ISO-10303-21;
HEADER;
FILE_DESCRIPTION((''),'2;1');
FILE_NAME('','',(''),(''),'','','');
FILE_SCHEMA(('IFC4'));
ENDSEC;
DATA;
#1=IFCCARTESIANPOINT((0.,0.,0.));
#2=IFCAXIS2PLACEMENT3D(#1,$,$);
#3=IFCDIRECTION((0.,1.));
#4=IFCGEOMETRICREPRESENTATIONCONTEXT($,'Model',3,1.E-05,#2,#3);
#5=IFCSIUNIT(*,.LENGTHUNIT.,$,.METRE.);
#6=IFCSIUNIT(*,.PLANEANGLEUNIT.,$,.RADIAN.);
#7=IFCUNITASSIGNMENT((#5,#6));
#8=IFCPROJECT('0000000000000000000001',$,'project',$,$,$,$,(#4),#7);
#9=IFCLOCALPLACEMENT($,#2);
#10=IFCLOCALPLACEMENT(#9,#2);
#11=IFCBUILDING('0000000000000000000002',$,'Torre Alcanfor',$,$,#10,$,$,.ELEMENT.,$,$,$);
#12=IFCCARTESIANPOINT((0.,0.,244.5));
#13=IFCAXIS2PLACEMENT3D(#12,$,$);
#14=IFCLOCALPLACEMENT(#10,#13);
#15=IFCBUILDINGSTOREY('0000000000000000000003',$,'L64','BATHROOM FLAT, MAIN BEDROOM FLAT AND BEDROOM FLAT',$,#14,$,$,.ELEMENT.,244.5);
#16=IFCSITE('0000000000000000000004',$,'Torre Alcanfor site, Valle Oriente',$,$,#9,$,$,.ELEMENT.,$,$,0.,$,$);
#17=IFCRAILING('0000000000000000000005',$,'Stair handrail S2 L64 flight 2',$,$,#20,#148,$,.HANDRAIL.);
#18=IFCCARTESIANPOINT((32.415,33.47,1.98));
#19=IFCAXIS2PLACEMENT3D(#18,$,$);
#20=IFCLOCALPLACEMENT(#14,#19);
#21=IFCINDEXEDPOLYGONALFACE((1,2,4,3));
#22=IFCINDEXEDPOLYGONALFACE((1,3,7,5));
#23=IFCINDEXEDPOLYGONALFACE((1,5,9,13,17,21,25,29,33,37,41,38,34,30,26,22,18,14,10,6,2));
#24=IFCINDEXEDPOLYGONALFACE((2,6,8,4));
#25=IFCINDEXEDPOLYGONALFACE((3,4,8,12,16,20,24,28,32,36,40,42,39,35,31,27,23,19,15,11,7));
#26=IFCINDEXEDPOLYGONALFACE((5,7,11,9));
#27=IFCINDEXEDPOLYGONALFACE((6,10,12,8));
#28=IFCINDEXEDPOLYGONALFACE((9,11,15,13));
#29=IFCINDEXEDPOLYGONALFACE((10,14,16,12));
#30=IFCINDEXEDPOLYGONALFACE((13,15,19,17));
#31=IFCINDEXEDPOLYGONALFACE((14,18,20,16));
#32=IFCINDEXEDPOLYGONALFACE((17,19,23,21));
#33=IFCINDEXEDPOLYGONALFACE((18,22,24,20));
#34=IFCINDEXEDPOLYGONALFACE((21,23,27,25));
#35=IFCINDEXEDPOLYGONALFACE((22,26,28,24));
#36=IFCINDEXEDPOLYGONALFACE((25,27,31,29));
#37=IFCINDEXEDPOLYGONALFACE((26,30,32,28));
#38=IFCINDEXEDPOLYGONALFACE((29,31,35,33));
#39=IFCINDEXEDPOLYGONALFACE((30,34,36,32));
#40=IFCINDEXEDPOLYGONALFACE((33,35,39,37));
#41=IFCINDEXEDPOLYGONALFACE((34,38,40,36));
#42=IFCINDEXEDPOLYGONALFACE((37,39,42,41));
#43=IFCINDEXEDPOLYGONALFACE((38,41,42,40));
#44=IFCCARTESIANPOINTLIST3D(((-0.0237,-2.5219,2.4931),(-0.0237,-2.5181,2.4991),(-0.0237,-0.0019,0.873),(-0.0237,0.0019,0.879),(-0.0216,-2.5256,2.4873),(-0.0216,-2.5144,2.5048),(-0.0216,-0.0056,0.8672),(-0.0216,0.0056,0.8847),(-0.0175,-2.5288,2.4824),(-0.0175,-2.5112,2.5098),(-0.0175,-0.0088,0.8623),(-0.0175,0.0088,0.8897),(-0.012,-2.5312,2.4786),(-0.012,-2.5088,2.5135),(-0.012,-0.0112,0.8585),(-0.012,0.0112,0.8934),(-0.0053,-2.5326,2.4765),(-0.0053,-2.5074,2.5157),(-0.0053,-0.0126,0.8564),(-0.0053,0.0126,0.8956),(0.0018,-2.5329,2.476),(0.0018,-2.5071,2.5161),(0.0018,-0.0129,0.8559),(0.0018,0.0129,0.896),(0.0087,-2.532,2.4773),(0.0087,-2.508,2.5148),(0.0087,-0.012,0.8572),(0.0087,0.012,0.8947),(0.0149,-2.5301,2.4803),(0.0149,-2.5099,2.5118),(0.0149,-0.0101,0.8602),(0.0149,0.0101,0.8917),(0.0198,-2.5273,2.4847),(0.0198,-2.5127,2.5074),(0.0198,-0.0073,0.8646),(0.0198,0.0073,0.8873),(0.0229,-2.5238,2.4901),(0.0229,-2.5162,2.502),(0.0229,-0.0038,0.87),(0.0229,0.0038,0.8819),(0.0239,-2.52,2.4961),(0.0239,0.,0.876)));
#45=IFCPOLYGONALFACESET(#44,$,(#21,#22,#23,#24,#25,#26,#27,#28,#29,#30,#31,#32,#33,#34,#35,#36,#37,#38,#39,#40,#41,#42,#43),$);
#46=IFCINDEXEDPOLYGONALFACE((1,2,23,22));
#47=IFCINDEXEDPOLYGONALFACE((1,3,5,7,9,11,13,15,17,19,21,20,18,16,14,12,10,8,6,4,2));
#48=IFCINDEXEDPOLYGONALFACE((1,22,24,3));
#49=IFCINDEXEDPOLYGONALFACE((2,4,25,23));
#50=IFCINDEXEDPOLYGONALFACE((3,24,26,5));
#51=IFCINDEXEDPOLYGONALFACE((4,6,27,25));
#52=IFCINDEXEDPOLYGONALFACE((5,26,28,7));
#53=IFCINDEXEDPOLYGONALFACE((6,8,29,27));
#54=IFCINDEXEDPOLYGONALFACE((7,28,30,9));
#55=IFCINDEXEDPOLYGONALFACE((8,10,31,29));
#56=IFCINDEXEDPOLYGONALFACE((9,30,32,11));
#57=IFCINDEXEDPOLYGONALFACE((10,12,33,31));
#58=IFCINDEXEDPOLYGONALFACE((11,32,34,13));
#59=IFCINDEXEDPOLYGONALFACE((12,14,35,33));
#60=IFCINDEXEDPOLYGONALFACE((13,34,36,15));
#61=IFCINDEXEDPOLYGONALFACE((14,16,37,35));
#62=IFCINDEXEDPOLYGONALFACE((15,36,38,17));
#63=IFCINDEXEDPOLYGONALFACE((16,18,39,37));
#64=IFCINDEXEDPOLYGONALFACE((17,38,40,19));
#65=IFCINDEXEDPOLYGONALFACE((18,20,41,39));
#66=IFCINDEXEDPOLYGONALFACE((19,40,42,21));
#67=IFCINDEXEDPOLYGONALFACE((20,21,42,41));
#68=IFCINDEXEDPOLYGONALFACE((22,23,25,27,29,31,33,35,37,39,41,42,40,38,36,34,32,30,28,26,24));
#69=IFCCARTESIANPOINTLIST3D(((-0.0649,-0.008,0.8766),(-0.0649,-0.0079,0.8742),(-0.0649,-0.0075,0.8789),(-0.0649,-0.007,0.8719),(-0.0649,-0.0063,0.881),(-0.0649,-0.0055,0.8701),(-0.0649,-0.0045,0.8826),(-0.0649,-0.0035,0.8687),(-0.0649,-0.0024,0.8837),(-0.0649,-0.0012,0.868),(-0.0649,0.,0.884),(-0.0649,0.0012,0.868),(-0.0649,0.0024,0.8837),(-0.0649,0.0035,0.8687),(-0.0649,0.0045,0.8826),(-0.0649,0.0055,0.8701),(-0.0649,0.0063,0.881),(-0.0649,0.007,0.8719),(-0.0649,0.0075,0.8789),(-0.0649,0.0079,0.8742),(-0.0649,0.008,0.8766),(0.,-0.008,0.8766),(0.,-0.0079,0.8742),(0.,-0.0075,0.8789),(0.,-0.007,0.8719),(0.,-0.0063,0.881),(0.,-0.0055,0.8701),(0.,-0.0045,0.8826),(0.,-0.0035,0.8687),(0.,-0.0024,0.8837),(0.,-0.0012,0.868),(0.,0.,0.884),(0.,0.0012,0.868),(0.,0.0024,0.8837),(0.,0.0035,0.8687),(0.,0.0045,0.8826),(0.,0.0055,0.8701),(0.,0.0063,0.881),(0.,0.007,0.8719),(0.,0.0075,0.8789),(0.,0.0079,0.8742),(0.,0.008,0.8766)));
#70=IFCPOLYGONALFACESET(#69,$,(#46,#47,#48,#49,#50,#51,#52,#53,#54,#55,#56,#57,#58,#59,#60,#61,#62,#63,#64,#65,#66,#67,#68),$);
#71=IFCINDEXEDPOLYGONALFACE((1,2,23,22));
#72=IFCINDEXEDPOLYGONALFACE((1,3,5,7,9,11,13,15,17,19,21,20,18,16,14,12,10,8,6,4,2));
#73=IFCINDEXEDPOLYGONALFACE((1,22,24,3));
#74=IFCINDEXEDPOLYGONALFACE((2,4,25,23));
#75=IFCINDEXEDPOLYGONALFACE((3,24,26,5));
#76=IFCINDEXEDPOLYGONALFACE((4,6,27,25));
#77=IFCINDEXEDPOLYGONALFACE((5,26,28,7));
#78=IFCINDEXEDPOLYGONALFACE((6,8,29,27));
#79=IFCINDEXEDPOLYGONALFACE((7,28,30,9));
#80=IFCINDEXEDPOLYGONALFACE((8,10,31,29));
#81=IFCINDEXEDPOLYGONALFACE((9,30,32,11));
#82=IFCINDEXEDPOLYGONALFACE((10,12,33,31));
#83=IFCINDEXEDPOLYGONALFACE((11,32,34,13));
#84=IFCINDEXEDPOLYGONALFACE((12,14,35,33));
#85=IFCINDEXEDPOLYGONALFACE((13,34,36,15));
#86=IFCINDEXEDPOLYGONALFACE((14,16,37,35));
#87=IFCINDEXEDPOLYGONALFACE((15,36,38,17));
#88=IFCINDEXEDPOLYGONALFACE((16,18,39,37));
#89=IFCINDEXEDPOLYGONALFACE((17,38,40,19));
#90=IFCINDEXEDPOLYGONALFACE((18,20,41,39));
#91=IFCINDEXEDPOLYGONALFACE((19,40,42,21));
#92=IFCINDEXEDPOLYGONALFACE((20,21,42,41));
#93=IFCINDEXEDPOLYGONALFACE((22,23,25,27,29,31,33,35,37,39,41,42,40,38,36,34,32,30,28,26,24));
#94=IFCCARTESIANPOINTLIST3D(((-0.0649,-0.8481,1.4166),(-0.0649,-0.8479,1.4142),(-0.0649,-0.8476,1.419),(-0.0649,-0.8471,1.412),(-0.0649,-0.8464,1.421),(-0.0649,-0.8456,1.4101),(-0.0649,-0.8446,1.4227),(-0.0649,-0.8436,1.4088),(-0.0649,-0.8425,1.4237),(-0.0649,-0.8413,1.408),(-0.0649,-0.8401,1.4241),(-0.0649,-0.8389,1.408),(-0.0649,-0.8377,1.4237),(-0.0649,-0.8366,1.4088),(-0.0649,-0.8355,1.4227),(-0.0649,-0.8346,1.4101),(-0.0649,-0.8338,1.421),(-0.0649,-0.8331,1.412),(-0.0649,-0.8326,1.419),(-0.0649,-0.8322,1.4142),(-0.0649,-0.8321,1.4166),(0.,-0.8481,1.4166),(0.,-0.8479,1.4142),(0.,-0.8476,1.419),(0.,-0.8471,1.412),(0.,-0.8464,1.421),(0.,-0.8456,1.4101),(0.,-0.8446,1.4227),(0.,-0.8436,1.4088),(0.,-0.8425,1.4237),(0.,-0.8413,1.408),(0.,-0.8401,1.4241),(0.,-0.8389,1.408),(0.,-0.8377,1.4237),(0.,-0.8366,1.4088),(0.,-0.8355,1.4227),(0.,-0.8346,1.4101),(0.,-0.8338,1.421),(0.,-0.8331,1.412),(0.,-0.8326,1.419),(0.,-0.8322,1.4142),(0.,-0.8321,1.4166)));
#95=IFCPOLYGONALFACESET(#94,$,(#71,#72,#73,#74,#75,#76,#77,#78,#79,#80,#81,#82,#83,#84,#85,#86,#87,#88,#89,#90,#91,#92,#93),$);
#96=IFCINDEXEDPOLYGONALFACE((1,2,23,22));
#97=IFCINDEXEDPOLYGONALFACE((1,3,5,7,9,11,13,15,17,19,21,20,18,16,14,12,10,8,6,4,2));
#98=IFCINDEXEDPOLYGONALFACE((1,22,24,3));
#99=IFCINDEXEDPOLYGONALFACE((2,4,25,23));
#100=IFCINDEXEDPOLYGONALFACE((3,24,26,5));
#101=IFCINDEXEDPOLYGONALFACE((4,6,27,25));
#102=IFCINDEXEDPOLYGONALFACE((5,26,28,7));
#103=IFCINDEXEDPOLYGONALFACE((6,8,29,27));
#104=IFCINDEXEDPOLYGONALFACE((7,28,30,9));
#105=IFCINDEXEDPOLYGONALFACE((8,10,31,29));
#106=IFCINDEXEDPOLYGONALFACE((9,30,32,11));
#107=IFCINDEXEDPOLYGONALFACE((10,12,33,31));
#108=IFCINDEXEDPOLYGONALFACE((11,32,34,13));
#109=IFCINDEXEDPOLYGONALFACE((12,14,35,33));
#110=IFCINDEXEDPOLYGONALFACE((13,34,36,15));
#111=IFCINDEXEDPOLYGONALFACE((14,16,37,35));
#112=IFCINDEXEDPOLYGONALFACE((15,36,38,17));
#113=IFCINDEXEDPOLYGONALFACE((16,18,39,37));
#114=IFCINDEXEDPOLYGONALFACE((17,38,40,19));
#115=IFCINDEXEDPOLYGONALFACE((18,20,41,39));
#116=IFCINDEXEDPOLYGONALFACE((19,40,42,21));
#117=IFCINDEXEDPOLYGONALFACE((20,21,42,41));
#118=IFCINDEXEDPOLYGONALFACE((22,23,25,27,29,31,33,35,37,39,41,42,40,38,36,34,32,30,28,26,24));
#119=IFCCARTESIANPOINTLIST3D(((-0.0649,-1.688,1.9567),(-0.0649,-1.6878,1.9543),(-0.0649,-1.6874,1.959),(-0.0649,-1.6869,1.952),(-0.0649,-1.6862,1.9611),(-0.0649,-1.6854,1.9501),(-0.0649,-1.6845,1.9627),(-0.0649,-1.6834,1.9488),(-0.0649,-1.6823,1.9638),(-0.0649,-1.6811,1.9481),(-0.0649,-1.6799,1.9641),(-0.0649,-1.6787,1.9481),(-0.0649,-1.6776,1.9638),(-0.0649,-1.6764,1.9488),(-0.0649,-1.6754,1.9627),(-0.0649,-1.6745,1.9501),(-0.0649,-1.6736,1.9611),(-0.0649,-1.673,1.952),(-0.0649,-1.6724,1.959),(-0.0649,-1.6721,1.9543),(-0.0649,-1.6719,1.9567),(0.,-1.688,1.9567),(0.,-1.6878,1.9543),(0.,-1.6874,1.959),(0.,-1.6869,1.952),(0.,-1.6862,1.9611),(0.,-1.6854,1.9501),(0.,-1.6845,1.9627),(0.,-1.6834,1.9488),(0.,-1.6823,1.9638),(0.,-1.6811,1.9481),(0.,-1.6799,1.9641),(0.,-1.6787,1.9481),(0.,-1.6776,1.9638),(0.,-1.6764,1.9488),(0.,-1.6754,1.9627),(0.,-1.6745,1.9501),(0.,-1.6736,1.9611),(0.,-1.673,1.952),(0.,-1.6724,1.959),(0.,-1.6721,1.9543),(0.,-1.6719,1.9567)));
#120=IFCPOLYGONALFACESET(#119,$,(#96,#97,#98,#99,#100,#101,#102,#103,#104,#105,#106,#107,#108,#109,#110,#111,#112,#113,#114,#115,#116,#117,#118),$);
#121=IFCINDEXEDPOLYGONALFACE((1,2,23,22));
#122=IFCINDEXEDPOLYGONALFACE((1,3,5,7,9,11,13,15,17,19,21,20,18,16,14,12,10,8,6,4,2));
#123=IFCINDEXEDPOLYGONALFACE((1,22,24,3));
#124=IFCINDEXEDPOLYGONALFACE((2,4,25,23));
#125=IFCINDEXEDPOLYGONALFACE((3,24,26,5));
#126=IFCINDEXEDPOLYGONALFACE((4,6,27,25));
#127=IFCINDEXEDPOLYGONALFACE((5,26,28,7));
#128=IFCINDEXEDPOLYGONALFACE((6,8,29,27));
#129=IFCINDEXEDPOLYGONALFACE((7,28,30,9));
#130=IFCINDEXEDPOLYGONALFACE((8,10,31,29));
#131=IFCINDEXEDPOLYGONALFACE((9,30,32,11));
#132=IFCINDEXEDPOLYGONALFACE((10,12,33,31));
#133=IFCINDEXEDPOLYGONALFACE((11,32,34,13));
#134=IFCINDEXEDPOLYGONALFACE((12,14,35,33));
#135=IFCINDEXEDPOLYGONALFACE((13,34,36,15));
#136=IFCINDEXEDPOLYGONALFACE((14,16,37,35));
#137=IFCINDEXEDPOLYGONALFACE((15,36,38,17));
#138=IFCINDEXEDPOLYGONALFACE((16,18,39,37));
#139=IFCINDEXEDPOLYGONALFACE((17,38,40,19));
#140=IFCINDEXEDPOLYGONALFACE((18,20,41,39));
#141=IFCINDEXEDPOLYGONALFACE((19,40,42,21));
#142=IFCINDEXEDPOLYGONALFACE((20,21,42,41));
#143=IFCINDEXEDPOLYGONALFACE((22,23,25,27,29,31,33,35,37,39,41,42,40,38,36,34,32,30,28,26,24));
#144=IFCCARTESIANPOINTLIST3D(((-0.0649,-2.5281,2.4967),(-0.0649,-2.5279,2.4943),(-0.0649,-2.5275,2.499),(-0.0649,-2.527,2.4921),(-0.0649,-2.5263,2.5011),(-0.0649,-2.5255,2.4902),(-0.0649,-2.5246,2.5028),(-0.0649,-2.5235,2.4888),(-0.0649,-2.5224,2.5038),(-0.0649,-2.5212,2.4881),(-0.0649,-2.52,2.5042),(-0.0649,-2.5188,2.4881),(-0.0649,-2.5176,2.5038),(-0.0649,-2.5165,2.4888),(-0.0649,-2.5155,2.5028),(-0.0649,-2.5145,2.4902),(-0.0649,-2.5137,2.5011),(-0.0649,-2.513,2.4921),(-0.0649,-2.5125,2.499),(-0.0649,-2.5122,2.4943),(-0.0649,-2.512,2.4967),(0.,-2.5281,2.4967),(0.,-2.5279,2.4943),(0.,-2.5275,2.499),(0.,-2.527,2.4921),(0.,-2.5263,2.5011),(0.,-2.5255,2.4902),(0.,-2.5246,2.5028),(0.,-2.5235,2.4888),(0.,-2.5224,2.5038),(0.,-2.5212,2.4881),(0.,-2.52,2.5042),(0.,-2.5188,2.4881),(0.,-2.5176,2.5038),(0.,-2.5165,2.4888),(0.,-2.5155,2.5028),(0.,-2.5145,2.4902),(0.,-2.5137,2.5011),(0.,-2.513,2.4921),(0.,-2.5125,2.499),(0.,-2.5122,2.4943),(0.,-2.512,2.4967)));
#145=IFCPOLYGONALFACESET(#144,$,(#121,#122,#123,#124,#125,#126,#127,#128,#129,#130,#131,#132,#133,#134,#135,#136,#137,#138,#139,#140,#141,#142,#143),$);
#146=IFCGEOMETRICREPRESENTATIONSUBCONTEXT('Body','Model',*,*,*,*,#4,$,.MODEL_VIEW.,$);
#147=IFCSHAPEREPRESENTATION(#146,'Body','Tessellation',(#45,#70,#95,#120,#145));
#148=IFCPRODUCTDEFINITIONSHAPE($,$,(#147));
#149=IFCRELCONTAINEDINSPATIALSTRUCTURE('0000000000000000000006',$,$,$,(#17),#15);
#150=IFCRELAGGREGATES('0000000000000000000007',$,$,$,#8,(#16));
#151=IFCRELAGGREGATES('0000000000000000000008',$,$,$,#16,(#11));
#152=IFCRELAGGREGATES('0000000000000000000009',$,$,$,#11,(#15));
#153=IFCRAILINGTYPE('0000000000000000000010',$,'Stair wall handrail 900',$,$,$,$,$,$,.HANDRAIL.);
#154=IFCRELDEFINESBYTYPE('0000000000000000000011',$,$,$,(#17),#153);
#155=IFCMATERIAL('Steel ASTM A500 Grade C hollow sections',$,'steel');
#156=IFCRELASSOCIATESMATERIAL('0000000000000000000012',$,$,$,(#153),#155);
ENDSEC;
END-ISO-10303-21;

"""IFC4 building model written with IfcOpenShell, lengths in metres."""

from ifc_helpers import new_model, si_unit, direction, frame, origin, origin_2d, place, context, subcontext, project, spatial, circle, extrude, material, type_object, element, save


model = new_model("IFC4")

# Units and contexts
model_context = context("Model", 3, precision=1e-05, world=origin(), true_north=direction((0.0, 1.0)))
body_context = subcontext(model_context, "Body", "Model", "MODEL_VIEW")
ifc_project = project(units=[si_unit("LENGTHUNIT", "METRE"), si_unit("PLANEANGLEUNIT", "RADIAN")], contexts=[model_context])

# Site, building, storey
site_placement = place(None, origin())
site = spatial("IfcSite", under=ifc_project, at=site_placement, Name="Torre Alcanfor site, Valle Oriente", CompositionType="ELEMENT", RefElevation=0.0)
building_placement = place(site_placement, origin())
building = spatial("IfcBuilding", under=site, at=building_placement, Name="Torre Alcanfor", CompositionType="ELEMENT")
storey_placement = place(building_placement, frame((0.0, 0.0, 244.5)))
storey = spatial("IfcBuildingStorey", under=building, at=storey_placement, Name="L64", Description="BATHROOM FLAT, MAIN BEDROOM FLAT AND BEDROOM FLAT", CompositionType="ELEMENT", Elevation=244.5)

# Railing
ifc_material_1 = material(Name="Steel ASTM A500 Grade C hollow sections", Category="steel")
railing_type_1 = type_object("IfcRailingType", Name="Stair wall handrail 900", PredefinedType="HANDRAIL", material=ifc_material_1)
railing_1_placement = place(storey_placement, frame((32.415, 33.47, 1.98)))
element("IfcRailing", 1, at=railing_1_placement, inside=storey, type_object=railing_type_1, Name="Stair handrail S2 L64 flight 2", PredefinedType="HANDRAIL", context=body_context, shape_type="SweptSolid", body=[
    extrude(circle(Radius=0.0239, at=origin_2d()), frame((0.0, 0.0, 0.876), z_axis=(0.0, -0.841163, 0.540782), x_axis=(1.0, 0.0, 0.0)), (0.0, 0.0, 1.0), 2.9958),
    extrude(circle(Radius=0.0081, at=origin_2d()), frame((0.0, 0.0, 0.876), z_axis=(-1.0, 0.0, 0.0), x_axis=(0.0, 0.0, 1.0)), (0.0, 0.0, 1.0), 0.0649),
    extrude(circle(Radius=0.0081, at=origin_2d()), frame((0.0, -0.8401, 1.416), z_axis=(-1.0, 0.0, 0.0), x_axis=(0.0, 0.0, 1.0)), (0.0, 0.0, 1.0), 0.0649),
    extrude(circle(Radius=0.0081, at=origin_2d()), frame((0.0, -1.6799, 1.9561), z_axis=(-1.0, 0.0, 0.0), x_axis=(0.0, 0.0, 1.0)), (0.0, 0.0, 1.0), 0.0649),
    extrude(circle(Radius=0.0081, at=origin_2d()), frame((0.0, -2.52, 2.4961), z_axis=(-1.0, 0.0, 0.0), x_axis=(0.0, 0.0, 1.0)), (0.0, 0.0, 1.0), 0.0649),
])

save(model, "model.ifc")
